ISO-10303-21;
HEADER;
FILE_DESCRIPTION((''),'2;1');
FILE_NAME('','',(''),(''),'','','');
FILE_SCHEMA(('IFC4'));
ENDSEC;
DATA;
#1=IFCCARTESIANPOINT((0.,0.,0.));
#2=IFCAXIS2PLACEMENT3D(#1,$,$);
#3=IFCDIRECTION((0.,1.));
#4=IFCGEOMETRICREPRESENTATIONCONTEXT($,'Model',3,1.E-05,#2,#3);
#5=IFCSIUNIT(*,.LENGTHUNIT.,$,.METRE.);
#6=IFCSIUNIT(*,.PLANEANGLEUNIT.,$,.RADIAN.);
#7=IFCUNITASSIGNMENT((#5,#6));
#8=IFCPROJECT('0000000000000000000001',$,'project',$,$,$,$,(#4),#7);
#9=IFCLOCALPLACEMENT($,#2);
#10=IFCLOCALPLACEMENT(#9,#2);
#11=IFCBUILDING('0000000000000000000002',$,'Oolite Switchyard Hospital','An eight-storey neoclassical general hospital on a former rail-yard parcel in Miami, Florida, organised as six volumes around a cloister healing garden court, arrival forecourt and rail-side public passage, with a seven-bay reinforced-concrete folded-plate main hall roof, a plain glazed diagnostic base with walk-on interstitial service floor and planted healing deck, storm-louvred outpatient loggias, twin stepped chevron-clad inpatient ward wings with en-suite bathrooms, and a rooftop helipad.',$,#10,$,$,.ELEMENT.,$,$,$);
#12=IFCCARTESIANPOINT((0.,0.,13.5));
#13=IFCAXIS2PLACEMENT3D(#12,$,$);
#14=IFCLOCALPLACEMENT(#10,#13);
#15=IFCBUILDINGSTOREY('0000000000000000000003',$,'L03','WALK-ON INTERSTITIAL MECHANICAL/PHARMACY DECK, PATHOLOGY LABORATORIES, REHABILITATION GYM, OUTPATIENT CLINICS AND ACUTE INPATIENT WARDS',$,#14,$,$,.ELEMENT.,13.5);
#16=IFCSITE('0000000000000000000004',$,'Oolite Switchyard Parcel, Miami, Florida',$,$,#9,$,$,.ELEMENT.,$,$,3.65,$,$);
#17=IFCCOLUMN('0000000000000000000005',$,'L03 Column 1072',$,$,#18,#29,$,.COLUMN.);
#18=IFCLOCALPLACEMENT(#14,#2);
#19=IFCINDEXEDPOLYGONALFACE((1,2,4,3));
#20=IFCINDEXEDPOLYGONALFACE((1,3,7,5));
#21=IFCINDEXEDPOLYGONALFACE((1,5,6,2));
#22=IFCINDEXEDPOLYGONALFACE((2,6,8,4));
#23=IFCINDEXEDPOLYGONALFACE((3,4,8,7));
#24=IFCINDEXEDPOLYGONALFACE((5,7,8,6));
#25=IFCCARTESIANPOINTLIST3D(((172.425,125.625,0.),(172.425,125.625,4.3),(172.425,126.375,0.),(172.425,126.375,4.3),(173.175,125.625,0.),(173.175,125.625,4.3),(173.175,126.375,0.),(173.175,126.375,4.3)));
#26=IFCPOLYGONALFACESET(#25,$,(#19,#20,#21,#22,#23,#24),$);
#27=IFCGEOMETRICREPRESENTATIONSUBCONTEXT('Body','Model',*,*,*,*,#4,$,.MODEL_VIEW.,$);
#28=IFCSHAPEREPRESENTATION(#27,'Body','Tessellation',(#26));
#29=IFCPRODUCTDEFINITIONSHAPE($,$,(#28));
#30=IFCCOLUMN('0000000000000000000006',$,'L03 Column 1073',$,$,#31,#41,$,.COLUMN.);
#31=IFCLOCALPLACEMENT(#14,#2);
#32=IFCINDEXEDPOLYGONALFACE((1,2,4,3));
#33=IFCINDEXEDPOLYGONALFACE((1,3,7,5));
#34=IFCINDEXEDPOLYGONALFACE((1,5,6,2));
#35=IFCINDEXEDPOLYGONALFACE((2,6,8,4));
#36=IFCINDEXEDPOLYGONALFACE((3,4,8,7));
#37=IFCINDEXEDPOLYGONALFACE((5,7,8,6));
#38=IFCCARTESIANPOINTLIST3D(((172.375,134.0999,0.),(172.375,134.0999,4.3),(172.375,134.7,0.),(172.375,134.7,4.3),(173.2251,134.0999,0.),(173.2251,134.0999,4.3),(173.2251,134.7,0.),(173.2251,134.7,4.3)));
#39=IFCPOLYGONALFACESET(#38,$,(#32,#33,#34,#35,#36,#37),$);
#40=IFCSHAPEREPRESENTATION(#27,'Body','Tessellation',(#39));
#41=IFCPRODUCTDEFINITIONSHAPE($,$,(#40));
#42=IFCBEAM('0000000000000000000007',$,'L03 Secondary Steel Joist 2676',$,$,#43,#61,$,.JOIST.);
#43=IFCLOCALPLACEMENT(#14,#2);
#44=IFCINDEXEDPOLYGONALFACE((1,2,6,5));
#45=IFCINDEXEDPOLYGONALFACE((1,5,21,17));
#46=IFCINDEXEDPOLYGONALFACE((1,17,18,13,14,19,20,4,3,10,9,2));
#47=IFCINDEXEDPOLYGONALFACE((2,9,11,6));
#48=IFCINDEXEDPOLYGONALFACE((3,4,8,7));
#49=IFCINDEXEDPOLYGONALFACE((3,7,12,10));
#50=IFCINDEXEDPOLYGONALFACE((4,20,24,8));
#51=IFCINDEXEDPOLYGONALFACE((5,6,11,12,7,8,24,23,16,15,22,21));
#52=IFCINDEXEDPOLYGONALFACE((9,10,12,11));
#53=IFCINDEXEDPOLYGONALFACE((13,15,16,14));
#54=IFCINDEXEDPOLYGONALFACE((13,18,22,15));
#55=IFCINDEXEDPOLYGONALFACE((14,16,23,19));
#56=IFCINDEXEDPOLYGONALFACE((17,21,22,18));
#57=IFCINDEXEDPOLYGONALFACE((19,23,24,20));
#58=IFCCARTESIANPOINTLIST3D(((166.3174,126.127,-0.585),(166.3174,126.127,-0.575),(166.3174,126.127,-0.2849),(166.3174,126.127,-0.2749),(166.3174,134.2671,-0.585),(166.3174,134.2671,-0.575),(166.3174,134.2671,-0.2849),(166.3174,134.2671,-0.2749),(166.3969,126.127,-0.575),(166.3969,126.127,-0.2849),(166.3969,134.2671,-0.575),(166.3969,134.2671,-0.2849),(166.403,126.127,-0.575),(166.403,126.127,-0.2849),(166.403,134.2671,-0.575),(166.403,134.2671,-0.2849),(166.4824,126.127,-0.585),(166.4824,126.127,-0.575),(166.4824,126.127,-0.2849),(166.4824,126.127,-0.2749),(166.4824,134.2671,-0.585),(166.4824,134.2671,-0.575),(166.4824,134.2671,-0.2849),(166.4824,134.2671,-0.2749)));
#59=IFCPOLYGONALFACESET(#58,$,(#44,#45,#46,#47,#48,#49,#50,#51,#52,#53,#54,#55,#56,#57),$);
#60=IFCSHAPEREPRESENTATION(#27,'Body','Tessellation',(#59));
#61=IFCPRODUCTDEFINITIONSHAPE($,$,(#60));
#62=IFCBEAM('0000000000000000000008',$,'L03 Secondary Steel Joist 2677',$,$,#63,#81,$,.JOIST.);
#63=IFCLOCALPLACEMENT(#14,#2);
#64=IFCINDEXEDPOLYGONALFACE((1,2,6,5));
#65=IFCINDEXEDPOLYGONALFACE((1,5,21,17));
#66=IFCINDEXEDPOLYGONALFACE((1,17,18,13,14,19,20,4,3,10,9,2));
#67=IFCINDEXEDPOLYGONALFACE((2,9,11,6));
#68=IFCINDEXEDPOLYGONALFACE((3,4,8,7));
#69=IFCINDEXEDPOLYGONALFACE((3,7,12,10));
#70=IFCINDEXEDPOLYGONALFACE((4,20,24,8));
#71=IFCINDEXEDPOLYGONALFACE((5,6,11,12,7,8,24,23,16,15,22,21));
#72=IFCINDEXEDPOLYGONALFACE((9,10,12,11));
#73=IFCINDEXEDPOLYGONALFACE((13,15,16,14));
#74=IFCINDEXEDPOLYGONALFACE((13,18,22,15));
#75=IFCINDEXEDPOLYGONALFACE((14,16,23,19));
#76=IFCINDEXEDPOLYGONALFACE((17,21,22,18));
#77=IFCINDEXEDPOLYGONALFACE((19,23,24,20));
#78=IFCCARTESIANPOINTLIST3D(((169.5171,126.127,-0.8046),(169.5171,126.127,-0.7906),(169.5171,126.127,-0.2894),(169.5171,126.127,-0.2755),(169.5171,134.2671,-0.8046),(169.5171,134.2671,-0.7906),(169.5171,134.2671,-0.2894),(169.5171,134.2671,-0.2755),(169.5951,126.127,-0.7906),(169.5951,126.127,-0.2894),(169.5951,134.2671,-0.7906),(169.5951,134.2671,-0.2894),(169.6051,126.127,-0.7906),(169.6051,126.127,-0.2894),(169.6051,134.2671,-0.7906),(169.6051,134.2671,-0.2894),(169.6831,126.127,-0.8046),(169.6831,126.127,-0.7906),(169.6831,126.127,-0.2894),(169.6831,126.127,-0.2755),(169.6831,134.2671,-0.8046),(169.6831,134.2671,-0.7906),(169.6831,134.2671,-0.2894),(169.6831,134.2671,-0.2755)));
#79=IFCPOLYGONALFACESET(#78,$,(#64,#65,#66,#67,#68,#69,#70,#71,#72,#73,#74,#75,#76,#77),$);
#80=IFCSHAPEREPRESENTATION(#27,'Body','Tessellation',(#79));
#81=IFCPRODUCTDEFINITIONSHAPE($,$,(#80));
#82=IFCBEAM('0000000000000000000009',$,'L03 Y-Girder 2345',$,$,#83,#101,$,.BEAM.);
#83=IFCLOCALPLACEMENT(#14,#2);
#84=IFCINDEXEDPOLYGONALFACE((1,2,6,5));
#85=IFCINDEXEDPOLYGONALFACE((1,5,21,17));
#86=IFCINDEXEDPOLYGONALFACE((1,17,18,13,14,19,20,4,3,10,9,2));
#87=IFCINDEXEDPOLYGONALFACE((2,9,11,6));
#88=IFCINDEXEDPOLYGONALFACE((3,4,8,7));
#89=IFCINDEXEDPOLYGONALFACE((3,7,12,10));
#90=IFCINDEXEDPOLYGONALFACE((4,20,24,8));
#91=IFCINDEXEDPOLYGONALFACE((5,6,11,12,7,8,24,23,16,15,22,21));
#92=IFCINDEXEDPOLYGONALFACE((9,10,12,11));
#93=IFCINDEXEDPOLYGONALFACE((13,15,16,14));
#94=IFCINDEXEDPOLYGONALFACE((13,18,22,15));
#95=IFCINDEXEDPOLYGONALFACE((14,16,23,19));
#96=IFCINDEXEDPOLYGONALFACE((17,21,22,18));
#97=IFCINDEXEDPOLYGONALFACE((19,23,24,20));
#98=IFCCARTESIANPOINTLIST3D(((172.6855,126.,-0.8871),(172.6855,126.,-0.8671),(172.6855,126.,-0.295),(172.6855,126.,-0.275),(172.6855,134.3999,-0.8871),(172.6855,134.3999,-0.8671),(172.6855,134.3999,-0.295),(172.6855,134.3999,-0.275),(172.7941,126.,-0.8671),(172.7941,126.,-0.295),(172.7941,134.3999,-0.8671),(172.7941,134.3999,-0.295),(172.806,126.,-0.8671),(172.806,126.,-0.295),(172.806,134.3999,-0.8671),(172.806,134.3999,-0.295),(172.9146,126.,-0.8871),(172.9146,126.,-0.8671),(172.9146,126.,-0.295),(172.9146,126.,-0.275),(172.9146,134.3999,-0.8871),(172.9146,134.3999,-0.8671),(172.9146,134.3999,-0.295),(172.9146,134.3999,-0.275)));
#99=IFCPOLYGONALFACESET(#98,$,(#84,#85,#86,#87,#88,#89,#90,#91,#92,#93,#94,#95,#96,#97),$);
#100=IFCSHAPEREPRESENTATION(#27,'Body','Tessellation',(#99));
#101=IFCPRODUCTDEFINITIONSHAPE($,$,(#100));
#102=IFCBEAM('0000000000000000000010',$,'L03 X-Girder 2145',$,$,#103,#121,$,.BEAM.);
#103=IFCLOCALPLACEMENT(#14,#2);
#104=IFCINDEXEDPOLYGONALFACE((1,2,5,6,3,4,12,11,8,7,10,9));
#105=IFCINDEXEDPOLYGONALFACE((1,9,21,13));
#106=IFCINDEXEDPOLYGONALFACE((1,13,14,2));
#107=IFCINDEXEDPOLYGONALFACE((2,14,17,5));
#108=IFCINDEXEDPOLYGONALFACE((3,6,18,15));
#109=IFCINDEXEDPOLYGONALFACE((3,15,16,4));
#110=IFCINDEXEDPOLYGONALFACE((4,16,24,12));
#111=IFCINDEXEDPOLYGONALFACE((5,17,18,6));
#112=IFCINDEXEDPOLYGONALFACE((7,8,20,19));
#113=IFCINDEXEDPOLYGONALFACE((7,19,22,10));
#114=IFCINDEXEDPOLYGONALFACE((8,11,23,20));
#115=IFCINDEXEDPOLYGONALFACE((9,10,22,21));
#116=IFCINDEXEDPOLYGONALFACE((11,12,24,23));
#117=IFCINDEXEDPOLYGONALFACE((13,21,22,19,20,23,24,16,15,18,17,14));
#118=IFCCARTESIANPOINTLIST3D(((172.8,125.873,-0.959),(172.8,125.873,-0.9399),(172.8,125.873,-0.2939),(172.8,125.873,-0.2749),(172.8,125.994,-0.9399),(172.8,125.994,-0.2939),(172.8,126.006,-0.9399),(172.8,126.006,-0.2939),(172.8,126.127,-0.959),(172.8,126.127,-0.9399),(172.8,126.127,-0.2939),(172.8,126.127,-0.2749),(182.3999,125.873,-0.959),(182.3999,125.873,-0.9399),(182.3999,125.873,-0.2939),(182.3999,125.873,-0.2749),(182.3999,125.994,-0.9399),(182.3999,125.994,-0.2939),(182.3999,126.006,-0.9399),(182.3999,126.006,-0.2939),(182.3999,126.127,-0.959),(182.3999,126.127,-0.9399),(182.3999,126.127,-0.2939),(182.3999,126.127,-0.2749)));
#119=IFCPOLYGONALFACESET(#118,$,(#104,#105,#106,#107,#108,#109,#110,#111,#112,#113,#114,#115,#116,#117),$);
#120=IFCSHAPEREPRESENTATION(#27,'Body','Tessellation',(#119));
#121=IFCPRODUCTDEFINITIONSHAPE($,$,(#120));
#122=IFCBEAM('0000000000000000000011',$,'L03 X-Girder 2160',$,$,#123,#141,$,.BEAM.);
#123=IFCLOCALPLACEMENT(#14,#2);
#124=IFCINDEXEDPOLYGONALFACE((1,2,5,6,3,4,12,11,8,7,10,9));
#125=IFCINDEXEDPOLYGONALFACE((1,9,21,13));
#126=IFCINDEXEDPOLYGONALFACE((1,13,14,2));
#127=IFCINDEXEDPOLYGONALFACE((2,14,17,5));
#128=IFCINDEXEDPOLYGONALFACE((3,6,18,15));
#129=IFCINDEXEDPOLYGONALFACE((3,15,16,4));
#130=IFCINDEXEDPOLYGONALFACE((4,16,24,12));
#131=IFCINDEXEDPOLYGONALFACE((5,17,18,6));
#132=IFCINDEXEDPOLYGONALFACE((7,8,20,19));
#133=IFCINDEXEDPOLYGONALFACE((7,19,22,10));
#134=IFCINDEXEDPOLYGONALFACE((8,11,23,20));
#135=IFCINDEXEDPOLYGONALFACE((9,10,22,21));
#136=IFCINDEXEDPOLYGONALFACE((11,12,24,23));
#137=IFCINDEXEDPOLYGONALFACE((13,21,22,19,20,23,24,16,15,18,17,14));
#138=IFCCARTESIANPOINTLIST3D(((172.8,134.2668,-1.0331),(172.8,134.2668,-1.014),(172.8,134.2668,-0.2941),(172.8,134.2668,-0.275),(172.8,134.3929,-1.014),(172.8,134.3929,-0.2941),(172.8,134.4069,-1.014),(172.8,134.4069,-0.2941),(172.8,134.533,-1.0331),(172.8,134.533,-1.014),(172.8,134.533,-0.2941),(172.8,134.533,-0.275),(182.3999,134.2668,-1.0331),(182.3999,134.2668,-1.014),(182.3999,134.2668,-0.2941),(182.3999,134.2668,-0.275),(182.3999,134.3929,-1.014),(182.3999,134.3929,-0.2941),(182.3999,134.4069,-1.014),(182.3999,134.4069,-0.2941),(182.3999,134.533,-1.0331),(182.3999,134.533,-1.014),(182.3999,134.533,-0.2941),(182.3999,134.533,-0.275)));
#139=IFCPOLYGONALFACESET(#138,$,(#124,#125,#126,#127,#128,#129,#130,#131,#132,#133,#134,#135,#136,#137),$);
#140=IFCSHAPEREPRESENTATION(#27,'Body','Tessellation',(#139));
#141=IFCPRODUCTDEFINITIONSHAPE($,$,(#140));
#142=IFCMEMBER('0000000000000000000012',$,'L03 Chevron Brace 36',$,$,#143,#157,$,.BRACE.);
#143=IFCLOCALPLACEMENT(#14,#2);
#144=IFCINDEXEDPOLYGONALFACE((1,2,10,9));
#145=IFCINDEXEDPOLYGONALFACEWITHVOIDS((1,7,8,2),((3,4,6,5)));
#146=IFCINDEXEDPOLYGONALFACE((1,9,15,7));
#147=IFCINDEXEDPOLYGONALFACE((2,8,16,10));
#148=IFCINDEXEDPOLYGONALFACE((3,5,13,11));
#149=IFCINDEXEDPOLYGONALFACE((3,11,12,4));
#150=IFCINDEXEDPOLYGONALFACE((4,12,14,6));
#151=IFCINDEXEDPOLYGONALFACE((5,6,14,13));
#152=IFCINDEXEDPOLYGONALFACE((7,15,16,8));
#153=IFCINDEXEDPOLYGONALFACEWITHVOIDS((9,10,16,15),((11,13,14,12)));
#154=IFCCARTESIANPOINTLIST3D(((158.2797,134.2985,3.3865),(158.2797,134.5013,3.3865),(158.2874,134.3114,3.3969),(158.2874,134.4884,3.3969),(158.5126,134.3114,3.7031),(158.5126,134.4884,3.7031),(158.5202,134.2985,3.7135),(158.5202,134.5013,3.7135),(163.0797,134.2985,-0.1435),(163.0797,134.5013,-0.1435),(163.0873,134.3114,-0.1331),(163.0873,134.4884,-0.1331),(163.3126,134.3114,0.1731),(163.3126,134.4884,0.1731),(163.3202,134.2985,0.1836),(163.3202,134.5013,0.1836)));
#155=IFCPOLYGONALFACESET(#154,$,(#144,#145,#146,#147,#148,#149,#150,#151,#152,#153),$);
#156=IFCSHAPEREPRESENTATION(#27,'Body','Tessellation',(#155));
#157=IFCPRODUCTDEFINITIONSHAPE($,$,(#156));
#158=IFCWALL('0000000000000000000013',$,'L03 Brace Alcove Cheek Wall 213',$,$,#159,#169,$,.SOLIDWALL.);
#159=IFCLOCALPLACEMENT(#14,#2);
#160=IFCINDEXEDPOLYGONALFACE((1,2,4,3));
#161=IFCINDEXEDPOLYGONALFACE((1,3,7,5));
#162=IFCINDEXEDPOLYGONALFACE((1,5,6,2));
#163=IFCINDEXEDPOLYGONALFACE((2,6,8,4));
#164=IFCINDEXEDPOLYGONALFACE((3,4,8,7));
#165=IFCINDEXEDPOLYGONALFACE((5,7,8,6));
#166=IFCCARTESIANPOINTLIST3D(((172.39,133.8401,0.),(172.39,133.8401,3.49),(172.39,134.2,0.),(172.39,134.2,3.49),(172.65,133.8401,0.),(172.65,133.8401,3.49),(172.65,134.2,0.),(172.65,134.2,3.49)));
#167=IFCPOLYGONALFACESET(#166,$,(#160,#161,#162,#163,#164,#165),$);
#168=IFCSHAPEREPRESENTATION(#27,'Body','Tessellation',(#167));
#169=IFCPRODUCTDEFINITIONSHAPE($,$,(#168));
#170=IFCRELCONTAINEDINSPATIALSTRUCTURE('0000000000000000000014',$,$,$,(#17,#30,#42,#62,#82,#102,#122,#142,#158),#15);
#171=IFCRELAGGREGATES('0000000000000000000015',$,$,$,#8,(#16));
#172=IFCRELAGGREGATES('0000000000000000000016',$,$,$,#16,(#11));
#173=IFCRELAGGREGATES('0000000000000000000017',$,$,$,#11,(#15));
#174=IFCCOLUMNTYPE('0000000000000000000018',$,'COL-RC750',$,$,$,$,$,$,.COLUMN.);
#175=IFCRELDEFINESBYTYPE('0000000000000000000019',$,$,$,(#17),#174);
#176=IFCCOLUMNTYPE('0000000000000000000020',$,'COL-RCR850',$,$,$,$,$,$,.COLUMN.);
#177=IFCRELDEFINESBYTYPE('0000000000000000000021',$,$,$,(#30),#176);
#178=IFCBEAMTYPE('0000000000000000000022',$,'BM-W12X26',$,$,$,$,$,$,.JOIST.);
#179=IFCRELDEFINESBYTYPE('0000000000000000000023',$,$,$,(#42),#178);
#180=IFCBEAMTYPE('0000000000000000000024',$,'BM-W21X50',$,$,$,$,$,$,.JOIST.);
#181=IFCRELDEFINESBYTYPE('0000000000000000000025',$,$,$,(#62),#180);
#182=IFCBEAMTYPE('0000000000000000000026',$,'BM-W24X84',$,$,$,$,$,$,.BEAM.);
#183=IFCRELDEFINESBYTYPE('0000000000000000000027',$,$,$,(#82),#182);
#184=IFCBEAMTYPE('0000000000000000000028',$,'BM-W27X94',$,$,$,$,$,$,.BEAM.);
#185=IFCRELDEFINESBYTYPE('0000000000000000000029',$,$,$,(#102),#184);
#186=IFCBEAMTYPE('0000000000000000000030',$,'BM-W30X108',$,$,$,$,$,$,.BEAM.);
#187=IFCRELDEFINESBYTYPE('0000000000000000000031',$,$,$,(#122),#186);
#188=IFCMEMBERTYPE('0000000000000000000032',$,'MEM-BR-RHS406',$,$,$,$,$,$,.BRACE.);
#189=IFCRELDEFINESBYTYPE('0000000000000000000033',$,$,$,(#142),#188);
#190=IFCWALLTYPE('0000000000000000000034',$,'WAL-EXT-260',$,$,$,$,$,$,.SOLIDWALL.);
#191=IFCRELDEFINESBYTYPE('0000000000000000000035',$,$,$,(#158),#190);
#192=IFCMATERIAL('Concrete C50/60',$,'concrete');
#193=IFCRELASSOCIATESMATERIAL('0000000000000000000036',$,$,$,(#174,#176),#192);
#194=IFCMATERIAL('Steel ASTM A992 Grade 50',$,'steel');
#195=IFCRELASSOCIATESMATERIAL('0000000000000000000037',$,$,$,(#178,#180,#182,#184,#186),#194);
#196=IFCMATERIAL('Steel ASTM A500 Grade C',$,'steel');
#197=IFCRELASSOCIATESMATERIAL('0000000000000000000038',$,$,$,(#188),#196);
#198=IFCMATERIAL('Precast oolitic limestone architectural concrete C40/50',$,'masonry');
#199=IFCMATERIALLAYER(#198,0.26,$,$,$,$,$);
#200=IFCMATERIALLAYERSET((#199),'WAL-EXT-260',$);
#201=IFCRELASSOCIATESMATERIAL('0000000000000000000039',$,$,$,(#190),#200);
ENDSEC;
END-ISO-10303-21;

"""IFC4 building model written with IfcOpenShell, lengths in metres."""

from ifc_helpers import new_model, si_unit, direction, frame, frame_2d, origin, origin_2d, place, context, subcontext, project, spatial, rectangle, hollow_rectangle, i_section, extrude, material, layer, layer_set, material_profile, profile_set, type_object, element, save


model = new_model("IFC4")

# Units and contexts
model_context = context("Model", 3, precision=1e-05, world=origin(), true_north=direction((0.0, 1.0)))
body_context = subcontext(model_context, "Body", "Model", "MODEL_VIEW")
ifc_project = project(units=[si_unit("LENGTHUNIT", "METRE"), si_unit("PLANEANGLEUNIT", "RADIAN")], contexts=[model_context])

# Site, building, storey
site_placement = place(None, origin())
site = spatial("IfcSite", under=ifc_project, at=site_placement, Name="Oolite Switchyard Parcel, Miami, Florida", CompositionType="ELEMENT", RefElevation=3.65)
building_placement = place(site_placement, origin())
building = spatial("IfcBuilding", under=site, at=building_placement, Name="Oolite Switchyard Hospital", Description="An eight-storey neoclassical general hospital on a former rail-yard parcel in Miami, Florida, organised as six volumes around a cloister healing garden court, arrival forecourt and rail-side public passage, with a seven-bay reinforced-concrete folded-plate main hall roof, a plain glazed diagnostic base with walk-on interstitial service floor and planted healing deck, storm-louvred outpatient loggias, twin stepped chevron-clad inpatient ward wings with en-suite bathrooms, and a rooftop helipad.", CompositionType="ELEMENT")
storey_placement = place(building_placement, frame((0.0, 0.0, 13.5)))
storey = spatial("IfcBuildingStorey", under=building, at=storey_placement, Name="L03", Description="WALK-ON INTERSTITIAL MECHANICAL/PHARMACY DECK, PATHOLOGY LABORATORIES, REHABILITATION GYM, OUTPATIENT CLINICS AND ACUTE INPATIENT WARDS", CompositionType="ELEMENT", Elevation=13.5)

# Columns
ifc_material_1 = material(Name="Concrete C50/60", Category="concrete")
ifc_material_profile_1 = material_profile(ifc_material_1, rectangle(XDim=0.75, YDim=0.75, at=origin_2d()), Name="RC750X750")
ifc_profile_set_1 = profile_set([ifc_material_profile_1], Name="Concrete C50/60")
column_type_1 = type_object("IfcColumnType", Name="COL-RC750", PredefinedType="COLUMN", material=ifc_profile_set_1)
column_1_placement = place(storey_placement, frame((172.8, 126.0, 0.0), z_axis=(0.0, 0.0, 1.0), x_axis=(1.0, 0.0, 0.0)))
element("IfcColumn", 1, at=column_1_placement, inside=storey, type_object=column_type_1, Name="L03 Column 1072", PredefinedType="COLUMN", context=body_context, shape_type="SweptSolid", body=[
    extrude(rectangle(XDim=0.75, YDim=0.75, at=origin_2d()), origin(), (0.0, 0.0, 1.0), 4.3),
])
ifc_material_profile_2 = material_profile(ifc_material_1, rectangle(XDim=0.8501, YDim=0.6001, at=origin_2d()), Name="RC850X600")
ifc_profile_set_2 = profile_set([ifc_material_profile_2], Name="Concrete C50/60")
column_type_2 = type_object("IfcColumnType", Name="COL-RCR850", PredefinedType="COLUMN", material=ifc_profile_set_2)
column_2_placement = place(storey_placement, frame((172.8, 134.3999, 0.0), z_axis=(0.0, 0.0, 1.0), x_axis=(1.0, 0.0, 0.0)))
element("IfcColumn", 2, at=column_2_placement, inside=storey, type_object=column_type_2, Name="L03 Column 1073", PredefinedType="COLUMN", context=body_context, shape_type="SweptSolid", body=[
    extrude(rectangle(XDim=0.8501, YDim=0.6001, at=origin_2d()), origin(), (0.0, 0.0, 1.0), 4.3),
])

# Beams
ifc_material_2 = material(Name="Steel ASTM A992 Grade 50", Category="steel")
ifc_material_profile_3 = material_profile(ifc_material_2, i_section(OverallWidth=0.165, OverallDepth=0.3101, WebThickness=0.0061, FlangeThickness=0.01, at=origin_2d()), Name="W12X26")
ifc_profile_set_3 = profile_set([ifc_material_profile_3], Name="Steel ASTM A992 Grade 50")
beam_type_1 = type_object("IfcBeamType", Name="BM-W12X26", PredefinedType="JOIST", material=ifc_profile_set_3)
beam_1_placement = place(storey_placement, frame((166.3999, 126.127, -0.4299), z_axis=(0.0, 1.0, 0.0), x_axis=(-1.0, 0.0, 0.0)))
element("IfcBeam", 3, at=beam_1_placement, inside=storey, type_object=beam_type_1, Name="L03 Secondary Steel Joist 2676", PredefinedType="JOIST", context=body_context, shape_type="SweptSolid", body=[
    extrude(i_section(OverallWidth=0.165, OverallDepth=0.3101, WebThickness=0.0061, FlangeThickness=0.01, at=origin_2d()), origin(), (0.0, 0.0, 1.0), 8.1401),
])
ifc_material_profile_4 = material_profile(ifc_material_2, i_section(OverallWidth=0.166, OverallDepth=0.5291, WebThickness=0.01, FlangeThickness=0.0139, at=origin_2d()), Name="W21X50")
ifc_profile_set_4 = profile_set([ifc_material_profile_4], Name="Steel ASTM A992 Grade 50")
beam_type_2 = type_object("IfcBeamType", Name="BM-W21X50", PredefinedType="JOIST", material=ifc_profile_set_4)
beam_2_placement = place(storey_placement, frame((169.6001, 126.127, -0.54), z_axis=(0.0, 1.0, 0.0), x_axis=(-1.0, 0.0, 0.0)))
element("IfcBeam", 4, at=beam_2_placement, inside=storey, type_object=beam_type_2, Name="L03 Secondary Steel Joist 2677", PredefinedType="JOIST", context=body_context, shape_type="SweptSolid", body=[
    extrude(i_section(OverallWidth=0.166, OverallDepth=0.5291, WebThickness=0.01, FlangeThickness=0.0139, at=origin_2d()), origin(), (0.0, 0.0, 1.0), 8.1401),
])
ifc_material_profile_5 = material_profile(ifc_material_2, i_section(OverallWidth=0.229, OverallDepth=0.6121, WebThickness=0.012, FlangeThickness=0.02, at=origin_2d()), Name="W24X84")
ifc_profile_set_5 = profile_set([ifc_material_profile_5], Name="Steel ASTM A992 Grade 50")
beam_type_3 = type_object("IfcBeamType", Name="BM-W24X84", PredefinedType="BEAM", material=ifc_profile_set_5)
beam_3_placement = place(storey_placement, frame((172.8, 126.0, -0.5811), z_axis=(0.0, 1.0, 0.0), x_axis=(-1.0, 0.0, 0.0)))
element("IfcBeam", 5, at=beam_3_placement, inside=storey, type_object=beam_type_3, Name="L03 Y-Girder 2345", PredefinedType="BEAM", context=body_context, shape_type="SweptSolid", body=[
    extrude(i_section(OverallWidth=0.229, OverallDepth=0.6121, WebThickness=0.012, FlangeThickness=0.02, at=origin_2d()), origin(), (0.0, 0.0, 1.0), 8.3999),
])
ifc_material_profile_6 = material_profile(ifc_material_2, i_section(OverallWidth=0.2539, OverallDepth=0.6841, WebThickness=0.012, FlangeThickness=0.019, at=origin_2d()), Name="W27X94")
ifc_profile_set_6 = profile_set([ifc_material_profile_6], Name="Steel ASTM A992 Grade 50")
beam_type_4 = type_object("IfcBeamType", Name="BM-W27X94", PredefinedType="BEAM", material=ifc_profile_set_6)
beam_4_placement = place(storey_placement, frame((172.8, 126.0, -0.6169), z_axis=(1.0, 0.0, 0.0), x_axis=(0.0, 1.0, 0.0)))
element("IfcBeam", 6, at=beam_4_placement, inside=storey, type_object=beam_type_4, Name="L03 X-Girder 2145", PredefinedType="BEAM", context=body_context, shape_type="SweptSolid", body=[
    extrude(i_section(OverallWidth=0.2539, OverallDepth=0.6841, WebThickness=0.012, FlangeThickness=0.019, at=origin_2d()), origin(), (0.0, 0.0, 1.0), 9.5999),
])
ifc_material_profile_7 = material_profile(ifc_material_2, i_section(OverallWidth=0.2661, OverallDepth=0.7581, WebThickness=0.0139, FlangeThickness=0.019, at=origin_2d()), Name="W30X108")
ifc_profile_set_7 = profile_set([ifc_material_profile_7], Name="Steel ASTM A992 Grade 50")
beam_type_5 = type_object("IfcBeamType", Name="BM-W30X108", PredefinedType="BEAM", material=ifc_profile_set_7)
beam_5_placement = place(storey_placement, frame((172.8, 134.3999, -0.6541), z_axis=(1.0, 0.0, 0.0), x_axis=(0.0, 1.0, 0.0)))
element("IfcBeam", 7, at=beam_5_placement, inside=storey, type_object=beam_type_5, Name="L03 X-Girder 2160", PredefinedType="BEAM", context=body_context, shape_type="SweptSolid", body=[
    extrude(i_section(OverallWidth=0.2661, OverallDepth=0.7581, WebThickness=0.0139, FlangeThickness=0.019, at=origin_2d()), origin(), (0.0, 0.0, 1.0), 9.5999),
])

# Member
ifc_material_3 = material(Name="Steel ASTM A500 Grade C", Category="steel")
ifc_material_profile_8 = material_profile(ifc_material_3, hollow_rectangle(XDim=0.2029, YDim=0.406, WallThickness=0.0129, at=origin_2d()), Name="HSS406X203X13")
ifc_profile_set_8 = profile_set([ifc_material_profile_8], Name="Steel ASTM A500 Grade C")
member_type = type_object("IfcMemberType", Name="MEM-BR-RHS406", PredefinedType="BRACE", material=ifc_profile_set_8)
member_placement = place(storey_placement, frame((163.2, 134.3999, 0.02), z_axis=(-0.805604, 0.0, 0.592454), x_axis=(0.0, -1.0, 0.0)))
element("IfcMember", 8, at=member_placement, inside=storey, type_object=member_type, Name="L03 Chevron Brace 36", PredefinedType="BRACE", context=body_context, shape_type="SweptSolid", body=[
    extrude(hollow_rectangle(XDim=0.2029, YDim=0.406, WallThickness=0.0129, at=origin_2d()), origin(), (0.0, 0.0, 1.0), 5.9583),
])

# Wall
ifc_material_4 = material(Name="Precast oolitic limestone architectural concrete C40/50", Category="masonry")
ifc_layer_1 = layer(ifc_material_4, 0.26)
ifc_layer_set_1 = layer_set([ifc_layer_1], Name="WAL-EXT-260")
wall_type_1 = type_object("IfcWallType", Name="WAL-EXT-260", PredefinedType="SOLIDWALL", material=ifc_layer_set_1)
wall_1_placement = place(storey_placement, frame((172.52, 134.2, 0.0), z_axis=(0.0, 0.0, 1.0), x_axis=(0.0, -1.0, 0.0)))
element("IfcWall", 9, at=wall_1_placement, inside=storey, type_object=wall_type_1, Name="L03 Brace Alcove Cheek Wall 213", PredefinedType="SOLIDWALL", context=body_context, shape_type="SweptSolid", body=[
    extrude(rectangle(XDim=0.3599, YDim=0.26, at=frame_2d((0.1799, 0.0))), origin(), (0.0, 0.0, 1.0), 3.49),
])

save(model, "model.ifc")
